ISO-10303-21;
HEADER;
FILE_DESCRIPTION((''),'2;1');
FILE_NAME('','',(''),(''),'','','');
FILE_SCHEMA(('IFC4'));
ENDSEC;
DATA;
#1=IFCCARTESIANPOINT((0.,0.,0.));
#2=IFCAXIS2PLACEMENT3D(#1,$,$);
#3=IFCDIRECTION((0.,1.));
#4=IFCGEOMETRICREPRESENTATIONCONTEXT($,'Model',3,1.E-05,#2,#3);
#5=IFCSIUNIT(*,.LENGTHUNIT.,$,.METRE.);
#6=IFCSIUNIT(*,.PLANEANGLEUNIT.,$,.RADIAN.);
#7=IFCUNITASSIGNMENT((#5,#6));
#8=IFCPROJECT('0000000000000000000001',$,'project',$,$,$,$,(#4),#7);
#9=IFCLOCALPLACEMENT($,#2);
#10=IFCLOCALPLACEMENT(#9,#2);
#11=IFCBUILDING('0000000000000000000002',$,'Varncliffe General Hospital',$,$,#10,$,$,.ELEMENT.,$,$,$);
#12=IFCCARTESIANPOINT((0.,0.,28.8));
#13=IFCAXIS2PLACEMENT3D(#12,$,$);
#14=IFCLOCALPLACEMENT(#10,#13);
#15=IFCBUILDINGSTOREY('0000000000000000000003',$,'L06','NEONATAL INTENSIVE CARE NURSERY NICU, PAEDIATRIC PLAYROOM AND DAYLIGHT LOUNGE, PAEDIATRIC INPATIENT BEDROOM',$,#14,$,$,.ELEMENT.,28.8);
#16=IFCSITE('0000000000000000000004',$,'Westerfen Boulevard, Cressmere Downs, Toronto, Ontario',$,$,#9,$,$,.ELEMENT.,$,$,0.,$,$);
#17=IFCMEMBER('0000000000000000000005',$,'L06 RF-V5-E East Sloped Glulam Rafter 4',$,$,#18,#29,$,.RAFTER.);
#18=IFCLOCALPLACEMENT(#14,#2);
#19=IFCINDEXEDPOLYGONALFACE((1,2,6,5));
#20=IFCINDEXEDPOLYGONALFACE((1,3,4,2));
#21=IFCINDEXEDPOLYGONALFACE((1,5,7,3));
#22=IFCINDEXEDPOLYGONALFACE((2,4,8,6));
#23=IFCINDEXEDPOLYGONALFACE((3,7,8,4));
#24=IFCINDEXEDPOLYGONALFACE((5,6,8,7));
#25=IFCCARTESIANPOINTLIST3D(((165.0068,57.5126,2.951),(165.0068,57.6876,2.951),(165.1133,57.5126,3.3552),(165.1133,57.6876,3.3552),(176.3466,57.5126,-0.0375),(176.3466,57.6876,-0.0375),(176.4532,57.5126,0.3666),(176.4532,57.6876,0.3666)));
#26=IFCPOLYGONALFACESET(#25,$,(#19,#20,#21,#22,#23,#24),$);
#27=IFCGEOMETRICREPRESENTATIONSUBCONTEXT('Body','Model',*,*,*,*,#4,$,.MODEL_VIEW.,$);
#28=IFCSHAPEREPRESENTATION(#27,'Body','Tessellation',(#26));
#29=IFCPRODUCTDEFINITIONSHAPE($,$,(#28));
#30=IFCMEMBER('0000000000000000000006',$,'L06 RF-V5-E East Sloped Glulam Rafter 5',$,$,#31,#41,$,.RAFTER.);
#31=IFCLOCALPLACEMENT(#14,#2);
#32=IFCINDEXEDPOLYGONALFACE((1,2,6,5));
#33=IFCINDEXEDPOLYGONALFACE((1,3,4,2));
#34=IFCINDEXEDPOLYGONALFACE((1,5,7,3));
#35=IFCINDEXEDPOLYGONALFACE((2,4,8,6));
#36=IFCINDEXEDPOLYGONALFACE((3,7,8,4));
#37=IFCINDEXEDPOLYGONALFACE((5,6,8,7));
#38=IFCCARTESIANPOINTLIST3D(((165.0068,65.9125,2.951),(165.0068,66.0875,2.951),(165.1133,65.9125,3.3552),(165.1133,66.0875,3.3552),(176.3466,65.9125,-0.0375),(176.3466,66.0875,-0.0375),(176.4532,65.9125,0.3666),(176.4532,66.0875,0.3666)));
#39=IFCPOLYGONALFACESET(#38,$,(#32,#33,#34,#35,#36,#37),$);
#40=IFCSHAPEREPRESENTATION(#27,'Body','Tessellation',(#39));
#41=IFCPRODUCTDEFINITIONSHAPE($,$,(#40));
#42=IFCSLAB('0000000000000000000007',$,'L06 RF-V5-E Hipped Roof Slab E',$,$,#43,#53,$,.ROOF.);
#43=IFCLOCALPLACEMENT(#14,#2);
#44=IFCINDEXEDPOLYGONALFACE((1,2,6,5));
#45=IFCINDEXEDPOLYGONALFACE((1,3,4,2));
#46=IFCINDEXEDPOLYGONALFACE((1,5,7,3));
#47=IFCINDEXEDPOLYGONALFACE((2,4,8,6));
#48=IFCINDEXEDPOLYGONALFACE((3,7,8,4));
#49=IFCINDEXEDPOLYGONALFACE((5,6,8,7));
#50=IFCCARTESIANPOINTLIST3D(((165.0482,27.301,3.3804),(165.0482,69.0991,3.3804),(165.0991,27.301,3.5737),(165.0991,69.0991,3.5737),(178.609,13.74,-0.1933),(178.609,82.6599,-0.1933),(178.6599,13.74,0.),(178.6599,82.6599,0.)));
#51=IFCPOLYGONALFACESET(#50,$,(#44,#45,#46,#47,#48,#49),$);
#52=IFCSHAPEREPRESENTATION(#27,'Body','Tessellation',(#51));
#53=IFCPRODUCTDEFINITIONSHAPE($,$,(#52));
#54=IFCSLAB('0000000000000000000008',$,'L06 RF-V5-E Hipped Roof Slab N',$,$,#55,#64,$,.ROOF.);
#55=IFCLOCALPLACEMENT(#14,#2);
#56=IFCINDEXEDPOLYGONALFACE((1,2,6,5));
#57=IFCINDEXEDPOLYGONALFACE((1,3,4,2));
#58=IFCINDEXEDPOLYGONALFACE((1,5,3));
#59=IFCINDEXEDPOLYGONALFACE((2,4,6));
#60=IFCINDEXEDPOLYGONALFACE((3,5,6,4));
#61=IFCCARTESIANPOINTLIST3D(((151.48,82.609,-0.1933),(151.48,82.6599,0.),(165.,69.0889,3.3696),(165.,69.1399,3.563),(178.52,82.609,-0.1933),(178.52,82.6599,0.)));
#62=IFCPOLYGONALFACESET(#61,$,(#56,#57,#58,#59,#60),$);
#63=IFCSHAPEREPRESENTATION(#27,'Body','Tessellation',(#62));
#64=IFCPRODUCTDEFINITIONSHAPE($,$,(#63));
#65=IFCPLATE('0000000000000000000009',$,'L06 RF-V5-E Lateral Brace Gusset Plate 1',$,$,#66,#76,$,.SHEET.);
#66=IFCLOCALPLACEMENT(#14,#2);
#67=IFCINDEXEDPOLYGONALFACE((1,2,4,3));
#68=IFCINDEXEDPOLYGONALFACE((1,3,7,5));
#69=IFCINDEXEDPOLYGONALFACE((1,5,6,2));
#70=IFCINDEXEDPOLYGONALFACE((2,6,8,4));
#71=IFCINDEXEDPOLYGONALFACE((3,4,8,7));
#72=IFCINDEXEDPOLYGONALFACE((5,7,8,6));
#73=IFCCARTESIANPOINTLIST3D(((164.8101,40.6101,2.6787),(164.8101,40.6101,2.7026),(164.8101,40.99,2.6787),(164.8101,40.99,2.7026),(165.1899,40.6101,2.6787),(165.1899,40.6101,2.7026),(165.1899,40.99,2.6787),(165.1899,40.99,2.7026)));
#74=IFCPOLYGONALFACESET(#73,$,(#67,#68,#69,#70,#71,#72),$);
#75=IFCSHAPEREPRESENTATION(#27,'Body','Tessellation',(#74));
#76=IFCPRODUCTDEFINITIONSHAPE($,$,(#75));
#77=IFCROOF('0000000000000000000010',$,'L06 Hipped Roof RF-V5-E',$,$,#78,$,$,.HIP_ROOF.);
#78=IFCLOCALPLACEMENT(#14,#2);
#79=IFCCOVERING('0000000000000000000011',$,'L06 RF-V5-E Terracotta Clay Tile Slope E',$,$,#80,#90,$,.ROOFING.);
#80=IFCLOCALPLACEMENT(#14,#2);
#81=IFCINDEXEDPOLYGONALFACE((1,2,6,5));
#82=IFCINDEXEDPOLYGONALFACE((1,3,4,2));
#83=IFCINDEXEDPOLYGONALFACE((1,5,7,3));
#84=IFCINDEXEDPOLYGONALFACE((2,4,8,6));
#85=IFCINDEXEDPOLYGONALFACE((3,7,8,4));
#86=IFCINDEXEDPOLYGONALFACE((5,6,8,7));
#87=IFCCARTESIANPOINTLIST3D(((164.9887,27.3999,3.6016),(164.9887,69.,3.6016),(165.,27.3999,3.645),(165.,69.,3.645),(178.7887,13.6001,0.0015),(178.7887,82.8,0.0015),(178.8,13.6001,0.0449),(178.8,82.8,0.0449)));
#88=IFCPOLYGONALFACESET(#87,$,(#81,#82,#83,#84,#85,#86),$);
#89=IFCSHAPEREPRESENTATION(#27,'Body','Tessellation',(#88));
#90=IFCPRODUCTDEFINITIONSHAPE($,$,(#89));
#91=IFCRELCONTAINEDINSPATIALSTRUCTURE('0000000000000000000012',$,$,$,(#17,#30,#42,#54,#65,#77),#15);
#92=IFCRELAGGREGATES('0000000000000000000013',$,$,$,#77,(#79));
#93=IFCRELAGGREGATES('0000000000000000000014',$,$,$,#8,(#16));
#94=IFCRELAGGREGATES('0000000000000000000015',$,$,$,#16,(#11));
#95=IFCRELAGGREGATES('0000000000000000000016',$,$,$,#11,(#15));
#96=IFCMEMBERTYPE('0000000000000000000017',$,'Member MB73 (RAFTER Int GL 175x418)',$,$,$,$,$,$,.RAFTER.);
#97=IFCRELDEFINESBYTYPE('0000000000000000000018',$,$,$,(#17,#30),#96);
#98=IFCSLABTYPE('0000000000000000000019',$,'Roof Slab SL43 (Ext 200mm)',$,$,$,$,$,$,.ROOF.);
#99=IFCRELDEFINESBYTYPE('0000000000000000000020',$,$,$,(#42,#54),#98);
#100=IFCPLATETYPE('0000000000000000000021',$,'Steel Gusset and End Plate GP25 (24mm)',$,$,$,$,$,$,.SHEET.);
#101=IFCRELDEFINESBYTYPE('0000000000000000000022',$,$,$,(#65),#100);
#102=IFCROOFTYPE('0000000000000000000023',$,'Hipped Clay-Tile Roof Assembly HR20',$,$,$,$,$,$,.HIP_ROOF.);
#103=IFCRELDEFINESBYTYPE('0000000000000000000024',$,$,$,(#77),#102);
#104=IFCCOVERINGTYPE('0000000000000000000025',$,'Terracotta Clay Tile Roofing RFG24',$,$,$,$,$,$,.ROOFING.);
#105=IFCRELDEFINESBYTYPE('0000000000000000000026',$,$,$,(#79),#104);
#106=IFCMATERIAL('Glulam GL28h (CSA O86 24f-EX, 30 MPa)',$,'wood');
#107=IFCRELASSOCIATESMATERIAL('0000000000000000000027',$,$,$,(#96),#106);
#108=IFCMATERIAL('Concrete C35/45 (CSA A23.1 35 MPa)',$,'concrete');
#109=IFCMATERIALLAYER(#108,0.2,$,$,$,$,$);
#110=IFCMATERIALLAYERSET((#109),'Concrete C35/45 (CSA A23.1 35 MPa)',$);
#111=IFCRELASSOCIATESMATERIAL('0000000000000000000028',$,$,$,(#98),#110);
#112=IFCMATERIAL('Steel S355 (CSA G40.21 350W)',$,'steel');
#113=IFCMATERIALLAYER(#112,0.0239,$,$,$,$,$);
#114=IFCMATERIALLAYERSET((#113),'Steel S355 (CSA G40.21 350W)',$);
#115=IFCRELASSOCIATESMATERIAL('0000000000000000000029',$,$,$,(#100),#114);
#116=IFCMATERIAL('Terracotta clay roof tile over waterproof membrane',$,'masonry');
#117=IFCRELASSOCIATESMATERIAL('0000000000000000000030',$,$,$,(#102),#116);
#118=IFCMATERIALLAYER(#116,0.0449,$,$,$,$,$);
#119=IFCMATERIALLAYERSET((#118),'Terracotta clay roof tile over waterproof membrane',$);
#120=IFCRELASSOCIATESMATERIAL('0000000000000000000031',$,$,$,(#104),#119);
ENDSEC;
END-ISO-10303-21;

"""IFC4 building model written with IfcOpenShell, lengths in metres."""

from ifc_helpers import new_model, si_unit, direction, frame, origin, origin_2d, place, context, subcontext, project, spatial, polyline, rectangle, outline, extrude, material, layer, layer_set, material_profile, profile_set, type_object, element, aggregate, save


model = new_model("IFC4")

# Units and contexts
model_context = context("Model", 3, precision=1e-05, world=origin(), true_north=direction((0.0, 1.0)))
body_context = subcontext(model_context, "Body", "Model", "MODEL_VIEW")
ifc_project = project(units=[si_unit("LENGTHUNIT", "METRE"), si_unit("PLANEANGLEUNIT", "RADIAN")], contexts=[model_context])

# Site, building, storey
site_placement = place(None, origin())
site = spatial("IfcSite", under=ifc_project, at=site_placement, Name="Westerfen Boulevard, Cressmere Downs, Toronto, Ontario", CompositionType="ELEMENT", RefElevation=0.0)
building_placement = place(site_placement, origin())
building = spatial("IfcBuilding", under=site, at=building_placement, Name="Varncliffe General Hospital", CompositionType="ELEMENT")
storey_placement = place(building_placement, frame((0.0, 0.0, 28.8)))
storey = spatial("IfcBuildingStorey", under=building, at=storey_placement, Name="L06", Description="NEONATAL INTENSIVE CARE NURSERY NICU, PAEDIATRIC PLAYROOM AND DAYLIGHT LOUNGE, PAEDIATRIC INPATIENT BEDROOM", CompositionType="ELEMENT", Elevation=28.8)

# Shared definitions
ifc_material_1 = material(Name="Glulam GL28h (CSA O86 24f-EX, 30 MPa)", Category="wood")

# Members
ifc_material_profile_1 = material_profile(ifc_material_1, rectangle(XDim=0.175, YDim=0.418, at=origin_2d()), Name="GL 175x418")
ifc_profile_set_1 = profile_set([ifc_material_profile_1], Name="Glulam GL28h (CSA O86 24f-EX, 30 MPa)")
member_type_1 = type_object("IfcMemberType", Name="Member MB73 (RAFTER Int GL 175x418)", PredefinedType="RAFTER", material=ifc_profile_set_1)
for number, where, z_axis, x_axis, name in (
    (1, (176.3999, 57.6001, 0.1646), (-0.966983, 0.0, 0.254841), (0.0, -1.0, 0.0), "L06 RF-V5-E East Sloped Glulam Rafter 4"),
    (2, (176.3999, 66.0, 0.1646), (-0.966983, 0.0, 0.254841), (0.0, -1.0, 0.0), "L06 RF-V5-E East Sloped Glulam Rafter 5"),
):
    element("IfcMember", number, at=place(storey_placement, frame(where, z_axis=z_axis, x_axis=x_axis)), inside=storey, type_object=member_type_1, Name=name, PredefinedType="RAFTER", context=body_context, shape_type="SweptSolid", body=[
        extrude(rectangle(XDim=0.175, YDim=0.418, at=origin_2d()), origin(), (0.0, 0.0, 1.0), 11.7271),
    ])

# Slabs
ifc_material_2 = material(Name="Concrete C35/45 (CSA A23.1 35 MPa)", Category="concrete")
ifc_layer_1 = layer(ifc_material_2, 0.2)
ifc_layer_set_1 = layer_set([ifc_layer_1], Name="Concrete C35/45 (CSA A23.1 35 MPa)")
slab_type = type_object("IfcSlabType", Name="Roof Slab SL43 (Ext 200mm)", PredefinedType="ROOF", material=ifc_layer_set_1)
slab_1_placement = place(storey_placement, frame((178.6599, 13.74, 0.0), z_axis=(0.254833, 0.0, 0.966985), x_axis=(0.0, 1.0, 0.0)))
element("IfcSlab", 3, at=slab_1_placement, inside=storey, type_object=slab_type, Name="L06 RF-V5-E Hipped Roof Slab E", PredefinedType="ROOF", context=body_context, shape_type="SweptSolid", body=[
    extrude(outline(polyline([(0.0, 0.0), (68.9199, 0.0), (55.3591, 14.0238), (13.561, 14.0238), (0.0, 0.0)])), origin(), (0.0, 0.0, -1.0), 0.2),
])
slab_2_placement = place(storey_placement, frame((178.52, 82.6599, 0.0), z_axis=(0.0, 0.254834, 0.966985), x_axis=(-1.0, 0.0, 0.0)))
element("IfcSlab", 4, at=slab_2_placement, inside=storey, type_object=slab_type, Name="L06 RF-V5-E Hipped Roof Slab N", PredefinedType="ROOF", context=body_context, shape_type="SweptSolid", body=[
    extrude(outline(polyline([(0.0, 0.0), (27.04, 0.0), (13.52, 13.9816), (0.0, 0.0)])), origin(), (0.0, 0.0, -1.0), 0.2),
])

# Plate
ifc_material_3 = material(Name="Steel S355 (CSA G40.21 350W)", Category="steel")
ifc_layer_2 = layer(ifc_material_3, 0.0239)
ifc_layer_set_2 = layer_set([ifc_layer_2], Name="Steel S355 (CSA G40.21 350W)")
plate_type = type_object("IfcPlateType", Name="Steel Gusset and End Plate GP25 (24mm)", PredefinedType="SHEET", material=ifc_layer_set_2)
plate_placement = place(storey_placement, frame((165.0, 40.8, 2.6787), z_axis=(0.0, 0.0, 1.0), x_axis=(1.0, 0.0, 0.0)))
element("IfcPlate", 5, at=plate_placement, inside=storey, type_object=plate_type, Name="L06 RF-V5-E Lateral Brace Gusset Plate 1", PredefinedType="SHEET", context=body_context, shape_type="SweptSolid", body=[
    extrude(rectangle(XDim=0.3799, YDim=0.3799, at=origin_2d()), origin(), (0.0, 0.0, 1.0), 0.0239),
])

# Roof, covering
ifc_material_4 = material(Name="Terracotta clay roof tile over waterproof membrane", Category="masonry")
roof_type = type_object("IfcRoofType", Name="Hipped Clay-Tile Roof Assembly HR20", PredefinedType="HIP_ROOF", material=ifc_material_4)
roof_placement = place(storey_placement, origin())
roof = element("IfcRoof", 6, at=roof_placement, inside=storey, type_object=roof_type, Name="L06 Hipped Roof RF-V5-E", PredefinedType="HIP_ROOF")
ifc_layer_3 = layer(ifc_material_4, 0.0449)
ifc_layer_set_3 = layer_set([ifc_layer_3], Name="Terracotta clay roof tile over waterproof membrane")
covering_type = type_object("IfcCoveringType", Name="Terracotta Clay Tile Roofing RFG24", PredefinedType="ROOFING", material=ifc_layer_set_3)
covering_placement = place(storey_placement, frame((178.8, 13.6001, 0.0449), z_axis=(0.252427, 0.0, 0.967616), x_axis=(0.0, 1.0, 0.0)))
covering = element("IfcCovering", 7, at=covering_placement, type_object=covering_type, Name="L06 RF-V5-E Terracotta Clay Tile Slope E", PredefinedType="ROOFING", context=body_context, shape_type="SweptSolid", body=[
    extrude(outline(polyline([(0.0, 0.0), (69.2, 0.0), (55.3999, 14.2619), (13.7998, 14.2619), (0.0, 0.0)])), origin(), (0.0, 0.0, -1.0), 0.0449),
])
aggregate(roof, [covering])

save(model, "model.ifc")
